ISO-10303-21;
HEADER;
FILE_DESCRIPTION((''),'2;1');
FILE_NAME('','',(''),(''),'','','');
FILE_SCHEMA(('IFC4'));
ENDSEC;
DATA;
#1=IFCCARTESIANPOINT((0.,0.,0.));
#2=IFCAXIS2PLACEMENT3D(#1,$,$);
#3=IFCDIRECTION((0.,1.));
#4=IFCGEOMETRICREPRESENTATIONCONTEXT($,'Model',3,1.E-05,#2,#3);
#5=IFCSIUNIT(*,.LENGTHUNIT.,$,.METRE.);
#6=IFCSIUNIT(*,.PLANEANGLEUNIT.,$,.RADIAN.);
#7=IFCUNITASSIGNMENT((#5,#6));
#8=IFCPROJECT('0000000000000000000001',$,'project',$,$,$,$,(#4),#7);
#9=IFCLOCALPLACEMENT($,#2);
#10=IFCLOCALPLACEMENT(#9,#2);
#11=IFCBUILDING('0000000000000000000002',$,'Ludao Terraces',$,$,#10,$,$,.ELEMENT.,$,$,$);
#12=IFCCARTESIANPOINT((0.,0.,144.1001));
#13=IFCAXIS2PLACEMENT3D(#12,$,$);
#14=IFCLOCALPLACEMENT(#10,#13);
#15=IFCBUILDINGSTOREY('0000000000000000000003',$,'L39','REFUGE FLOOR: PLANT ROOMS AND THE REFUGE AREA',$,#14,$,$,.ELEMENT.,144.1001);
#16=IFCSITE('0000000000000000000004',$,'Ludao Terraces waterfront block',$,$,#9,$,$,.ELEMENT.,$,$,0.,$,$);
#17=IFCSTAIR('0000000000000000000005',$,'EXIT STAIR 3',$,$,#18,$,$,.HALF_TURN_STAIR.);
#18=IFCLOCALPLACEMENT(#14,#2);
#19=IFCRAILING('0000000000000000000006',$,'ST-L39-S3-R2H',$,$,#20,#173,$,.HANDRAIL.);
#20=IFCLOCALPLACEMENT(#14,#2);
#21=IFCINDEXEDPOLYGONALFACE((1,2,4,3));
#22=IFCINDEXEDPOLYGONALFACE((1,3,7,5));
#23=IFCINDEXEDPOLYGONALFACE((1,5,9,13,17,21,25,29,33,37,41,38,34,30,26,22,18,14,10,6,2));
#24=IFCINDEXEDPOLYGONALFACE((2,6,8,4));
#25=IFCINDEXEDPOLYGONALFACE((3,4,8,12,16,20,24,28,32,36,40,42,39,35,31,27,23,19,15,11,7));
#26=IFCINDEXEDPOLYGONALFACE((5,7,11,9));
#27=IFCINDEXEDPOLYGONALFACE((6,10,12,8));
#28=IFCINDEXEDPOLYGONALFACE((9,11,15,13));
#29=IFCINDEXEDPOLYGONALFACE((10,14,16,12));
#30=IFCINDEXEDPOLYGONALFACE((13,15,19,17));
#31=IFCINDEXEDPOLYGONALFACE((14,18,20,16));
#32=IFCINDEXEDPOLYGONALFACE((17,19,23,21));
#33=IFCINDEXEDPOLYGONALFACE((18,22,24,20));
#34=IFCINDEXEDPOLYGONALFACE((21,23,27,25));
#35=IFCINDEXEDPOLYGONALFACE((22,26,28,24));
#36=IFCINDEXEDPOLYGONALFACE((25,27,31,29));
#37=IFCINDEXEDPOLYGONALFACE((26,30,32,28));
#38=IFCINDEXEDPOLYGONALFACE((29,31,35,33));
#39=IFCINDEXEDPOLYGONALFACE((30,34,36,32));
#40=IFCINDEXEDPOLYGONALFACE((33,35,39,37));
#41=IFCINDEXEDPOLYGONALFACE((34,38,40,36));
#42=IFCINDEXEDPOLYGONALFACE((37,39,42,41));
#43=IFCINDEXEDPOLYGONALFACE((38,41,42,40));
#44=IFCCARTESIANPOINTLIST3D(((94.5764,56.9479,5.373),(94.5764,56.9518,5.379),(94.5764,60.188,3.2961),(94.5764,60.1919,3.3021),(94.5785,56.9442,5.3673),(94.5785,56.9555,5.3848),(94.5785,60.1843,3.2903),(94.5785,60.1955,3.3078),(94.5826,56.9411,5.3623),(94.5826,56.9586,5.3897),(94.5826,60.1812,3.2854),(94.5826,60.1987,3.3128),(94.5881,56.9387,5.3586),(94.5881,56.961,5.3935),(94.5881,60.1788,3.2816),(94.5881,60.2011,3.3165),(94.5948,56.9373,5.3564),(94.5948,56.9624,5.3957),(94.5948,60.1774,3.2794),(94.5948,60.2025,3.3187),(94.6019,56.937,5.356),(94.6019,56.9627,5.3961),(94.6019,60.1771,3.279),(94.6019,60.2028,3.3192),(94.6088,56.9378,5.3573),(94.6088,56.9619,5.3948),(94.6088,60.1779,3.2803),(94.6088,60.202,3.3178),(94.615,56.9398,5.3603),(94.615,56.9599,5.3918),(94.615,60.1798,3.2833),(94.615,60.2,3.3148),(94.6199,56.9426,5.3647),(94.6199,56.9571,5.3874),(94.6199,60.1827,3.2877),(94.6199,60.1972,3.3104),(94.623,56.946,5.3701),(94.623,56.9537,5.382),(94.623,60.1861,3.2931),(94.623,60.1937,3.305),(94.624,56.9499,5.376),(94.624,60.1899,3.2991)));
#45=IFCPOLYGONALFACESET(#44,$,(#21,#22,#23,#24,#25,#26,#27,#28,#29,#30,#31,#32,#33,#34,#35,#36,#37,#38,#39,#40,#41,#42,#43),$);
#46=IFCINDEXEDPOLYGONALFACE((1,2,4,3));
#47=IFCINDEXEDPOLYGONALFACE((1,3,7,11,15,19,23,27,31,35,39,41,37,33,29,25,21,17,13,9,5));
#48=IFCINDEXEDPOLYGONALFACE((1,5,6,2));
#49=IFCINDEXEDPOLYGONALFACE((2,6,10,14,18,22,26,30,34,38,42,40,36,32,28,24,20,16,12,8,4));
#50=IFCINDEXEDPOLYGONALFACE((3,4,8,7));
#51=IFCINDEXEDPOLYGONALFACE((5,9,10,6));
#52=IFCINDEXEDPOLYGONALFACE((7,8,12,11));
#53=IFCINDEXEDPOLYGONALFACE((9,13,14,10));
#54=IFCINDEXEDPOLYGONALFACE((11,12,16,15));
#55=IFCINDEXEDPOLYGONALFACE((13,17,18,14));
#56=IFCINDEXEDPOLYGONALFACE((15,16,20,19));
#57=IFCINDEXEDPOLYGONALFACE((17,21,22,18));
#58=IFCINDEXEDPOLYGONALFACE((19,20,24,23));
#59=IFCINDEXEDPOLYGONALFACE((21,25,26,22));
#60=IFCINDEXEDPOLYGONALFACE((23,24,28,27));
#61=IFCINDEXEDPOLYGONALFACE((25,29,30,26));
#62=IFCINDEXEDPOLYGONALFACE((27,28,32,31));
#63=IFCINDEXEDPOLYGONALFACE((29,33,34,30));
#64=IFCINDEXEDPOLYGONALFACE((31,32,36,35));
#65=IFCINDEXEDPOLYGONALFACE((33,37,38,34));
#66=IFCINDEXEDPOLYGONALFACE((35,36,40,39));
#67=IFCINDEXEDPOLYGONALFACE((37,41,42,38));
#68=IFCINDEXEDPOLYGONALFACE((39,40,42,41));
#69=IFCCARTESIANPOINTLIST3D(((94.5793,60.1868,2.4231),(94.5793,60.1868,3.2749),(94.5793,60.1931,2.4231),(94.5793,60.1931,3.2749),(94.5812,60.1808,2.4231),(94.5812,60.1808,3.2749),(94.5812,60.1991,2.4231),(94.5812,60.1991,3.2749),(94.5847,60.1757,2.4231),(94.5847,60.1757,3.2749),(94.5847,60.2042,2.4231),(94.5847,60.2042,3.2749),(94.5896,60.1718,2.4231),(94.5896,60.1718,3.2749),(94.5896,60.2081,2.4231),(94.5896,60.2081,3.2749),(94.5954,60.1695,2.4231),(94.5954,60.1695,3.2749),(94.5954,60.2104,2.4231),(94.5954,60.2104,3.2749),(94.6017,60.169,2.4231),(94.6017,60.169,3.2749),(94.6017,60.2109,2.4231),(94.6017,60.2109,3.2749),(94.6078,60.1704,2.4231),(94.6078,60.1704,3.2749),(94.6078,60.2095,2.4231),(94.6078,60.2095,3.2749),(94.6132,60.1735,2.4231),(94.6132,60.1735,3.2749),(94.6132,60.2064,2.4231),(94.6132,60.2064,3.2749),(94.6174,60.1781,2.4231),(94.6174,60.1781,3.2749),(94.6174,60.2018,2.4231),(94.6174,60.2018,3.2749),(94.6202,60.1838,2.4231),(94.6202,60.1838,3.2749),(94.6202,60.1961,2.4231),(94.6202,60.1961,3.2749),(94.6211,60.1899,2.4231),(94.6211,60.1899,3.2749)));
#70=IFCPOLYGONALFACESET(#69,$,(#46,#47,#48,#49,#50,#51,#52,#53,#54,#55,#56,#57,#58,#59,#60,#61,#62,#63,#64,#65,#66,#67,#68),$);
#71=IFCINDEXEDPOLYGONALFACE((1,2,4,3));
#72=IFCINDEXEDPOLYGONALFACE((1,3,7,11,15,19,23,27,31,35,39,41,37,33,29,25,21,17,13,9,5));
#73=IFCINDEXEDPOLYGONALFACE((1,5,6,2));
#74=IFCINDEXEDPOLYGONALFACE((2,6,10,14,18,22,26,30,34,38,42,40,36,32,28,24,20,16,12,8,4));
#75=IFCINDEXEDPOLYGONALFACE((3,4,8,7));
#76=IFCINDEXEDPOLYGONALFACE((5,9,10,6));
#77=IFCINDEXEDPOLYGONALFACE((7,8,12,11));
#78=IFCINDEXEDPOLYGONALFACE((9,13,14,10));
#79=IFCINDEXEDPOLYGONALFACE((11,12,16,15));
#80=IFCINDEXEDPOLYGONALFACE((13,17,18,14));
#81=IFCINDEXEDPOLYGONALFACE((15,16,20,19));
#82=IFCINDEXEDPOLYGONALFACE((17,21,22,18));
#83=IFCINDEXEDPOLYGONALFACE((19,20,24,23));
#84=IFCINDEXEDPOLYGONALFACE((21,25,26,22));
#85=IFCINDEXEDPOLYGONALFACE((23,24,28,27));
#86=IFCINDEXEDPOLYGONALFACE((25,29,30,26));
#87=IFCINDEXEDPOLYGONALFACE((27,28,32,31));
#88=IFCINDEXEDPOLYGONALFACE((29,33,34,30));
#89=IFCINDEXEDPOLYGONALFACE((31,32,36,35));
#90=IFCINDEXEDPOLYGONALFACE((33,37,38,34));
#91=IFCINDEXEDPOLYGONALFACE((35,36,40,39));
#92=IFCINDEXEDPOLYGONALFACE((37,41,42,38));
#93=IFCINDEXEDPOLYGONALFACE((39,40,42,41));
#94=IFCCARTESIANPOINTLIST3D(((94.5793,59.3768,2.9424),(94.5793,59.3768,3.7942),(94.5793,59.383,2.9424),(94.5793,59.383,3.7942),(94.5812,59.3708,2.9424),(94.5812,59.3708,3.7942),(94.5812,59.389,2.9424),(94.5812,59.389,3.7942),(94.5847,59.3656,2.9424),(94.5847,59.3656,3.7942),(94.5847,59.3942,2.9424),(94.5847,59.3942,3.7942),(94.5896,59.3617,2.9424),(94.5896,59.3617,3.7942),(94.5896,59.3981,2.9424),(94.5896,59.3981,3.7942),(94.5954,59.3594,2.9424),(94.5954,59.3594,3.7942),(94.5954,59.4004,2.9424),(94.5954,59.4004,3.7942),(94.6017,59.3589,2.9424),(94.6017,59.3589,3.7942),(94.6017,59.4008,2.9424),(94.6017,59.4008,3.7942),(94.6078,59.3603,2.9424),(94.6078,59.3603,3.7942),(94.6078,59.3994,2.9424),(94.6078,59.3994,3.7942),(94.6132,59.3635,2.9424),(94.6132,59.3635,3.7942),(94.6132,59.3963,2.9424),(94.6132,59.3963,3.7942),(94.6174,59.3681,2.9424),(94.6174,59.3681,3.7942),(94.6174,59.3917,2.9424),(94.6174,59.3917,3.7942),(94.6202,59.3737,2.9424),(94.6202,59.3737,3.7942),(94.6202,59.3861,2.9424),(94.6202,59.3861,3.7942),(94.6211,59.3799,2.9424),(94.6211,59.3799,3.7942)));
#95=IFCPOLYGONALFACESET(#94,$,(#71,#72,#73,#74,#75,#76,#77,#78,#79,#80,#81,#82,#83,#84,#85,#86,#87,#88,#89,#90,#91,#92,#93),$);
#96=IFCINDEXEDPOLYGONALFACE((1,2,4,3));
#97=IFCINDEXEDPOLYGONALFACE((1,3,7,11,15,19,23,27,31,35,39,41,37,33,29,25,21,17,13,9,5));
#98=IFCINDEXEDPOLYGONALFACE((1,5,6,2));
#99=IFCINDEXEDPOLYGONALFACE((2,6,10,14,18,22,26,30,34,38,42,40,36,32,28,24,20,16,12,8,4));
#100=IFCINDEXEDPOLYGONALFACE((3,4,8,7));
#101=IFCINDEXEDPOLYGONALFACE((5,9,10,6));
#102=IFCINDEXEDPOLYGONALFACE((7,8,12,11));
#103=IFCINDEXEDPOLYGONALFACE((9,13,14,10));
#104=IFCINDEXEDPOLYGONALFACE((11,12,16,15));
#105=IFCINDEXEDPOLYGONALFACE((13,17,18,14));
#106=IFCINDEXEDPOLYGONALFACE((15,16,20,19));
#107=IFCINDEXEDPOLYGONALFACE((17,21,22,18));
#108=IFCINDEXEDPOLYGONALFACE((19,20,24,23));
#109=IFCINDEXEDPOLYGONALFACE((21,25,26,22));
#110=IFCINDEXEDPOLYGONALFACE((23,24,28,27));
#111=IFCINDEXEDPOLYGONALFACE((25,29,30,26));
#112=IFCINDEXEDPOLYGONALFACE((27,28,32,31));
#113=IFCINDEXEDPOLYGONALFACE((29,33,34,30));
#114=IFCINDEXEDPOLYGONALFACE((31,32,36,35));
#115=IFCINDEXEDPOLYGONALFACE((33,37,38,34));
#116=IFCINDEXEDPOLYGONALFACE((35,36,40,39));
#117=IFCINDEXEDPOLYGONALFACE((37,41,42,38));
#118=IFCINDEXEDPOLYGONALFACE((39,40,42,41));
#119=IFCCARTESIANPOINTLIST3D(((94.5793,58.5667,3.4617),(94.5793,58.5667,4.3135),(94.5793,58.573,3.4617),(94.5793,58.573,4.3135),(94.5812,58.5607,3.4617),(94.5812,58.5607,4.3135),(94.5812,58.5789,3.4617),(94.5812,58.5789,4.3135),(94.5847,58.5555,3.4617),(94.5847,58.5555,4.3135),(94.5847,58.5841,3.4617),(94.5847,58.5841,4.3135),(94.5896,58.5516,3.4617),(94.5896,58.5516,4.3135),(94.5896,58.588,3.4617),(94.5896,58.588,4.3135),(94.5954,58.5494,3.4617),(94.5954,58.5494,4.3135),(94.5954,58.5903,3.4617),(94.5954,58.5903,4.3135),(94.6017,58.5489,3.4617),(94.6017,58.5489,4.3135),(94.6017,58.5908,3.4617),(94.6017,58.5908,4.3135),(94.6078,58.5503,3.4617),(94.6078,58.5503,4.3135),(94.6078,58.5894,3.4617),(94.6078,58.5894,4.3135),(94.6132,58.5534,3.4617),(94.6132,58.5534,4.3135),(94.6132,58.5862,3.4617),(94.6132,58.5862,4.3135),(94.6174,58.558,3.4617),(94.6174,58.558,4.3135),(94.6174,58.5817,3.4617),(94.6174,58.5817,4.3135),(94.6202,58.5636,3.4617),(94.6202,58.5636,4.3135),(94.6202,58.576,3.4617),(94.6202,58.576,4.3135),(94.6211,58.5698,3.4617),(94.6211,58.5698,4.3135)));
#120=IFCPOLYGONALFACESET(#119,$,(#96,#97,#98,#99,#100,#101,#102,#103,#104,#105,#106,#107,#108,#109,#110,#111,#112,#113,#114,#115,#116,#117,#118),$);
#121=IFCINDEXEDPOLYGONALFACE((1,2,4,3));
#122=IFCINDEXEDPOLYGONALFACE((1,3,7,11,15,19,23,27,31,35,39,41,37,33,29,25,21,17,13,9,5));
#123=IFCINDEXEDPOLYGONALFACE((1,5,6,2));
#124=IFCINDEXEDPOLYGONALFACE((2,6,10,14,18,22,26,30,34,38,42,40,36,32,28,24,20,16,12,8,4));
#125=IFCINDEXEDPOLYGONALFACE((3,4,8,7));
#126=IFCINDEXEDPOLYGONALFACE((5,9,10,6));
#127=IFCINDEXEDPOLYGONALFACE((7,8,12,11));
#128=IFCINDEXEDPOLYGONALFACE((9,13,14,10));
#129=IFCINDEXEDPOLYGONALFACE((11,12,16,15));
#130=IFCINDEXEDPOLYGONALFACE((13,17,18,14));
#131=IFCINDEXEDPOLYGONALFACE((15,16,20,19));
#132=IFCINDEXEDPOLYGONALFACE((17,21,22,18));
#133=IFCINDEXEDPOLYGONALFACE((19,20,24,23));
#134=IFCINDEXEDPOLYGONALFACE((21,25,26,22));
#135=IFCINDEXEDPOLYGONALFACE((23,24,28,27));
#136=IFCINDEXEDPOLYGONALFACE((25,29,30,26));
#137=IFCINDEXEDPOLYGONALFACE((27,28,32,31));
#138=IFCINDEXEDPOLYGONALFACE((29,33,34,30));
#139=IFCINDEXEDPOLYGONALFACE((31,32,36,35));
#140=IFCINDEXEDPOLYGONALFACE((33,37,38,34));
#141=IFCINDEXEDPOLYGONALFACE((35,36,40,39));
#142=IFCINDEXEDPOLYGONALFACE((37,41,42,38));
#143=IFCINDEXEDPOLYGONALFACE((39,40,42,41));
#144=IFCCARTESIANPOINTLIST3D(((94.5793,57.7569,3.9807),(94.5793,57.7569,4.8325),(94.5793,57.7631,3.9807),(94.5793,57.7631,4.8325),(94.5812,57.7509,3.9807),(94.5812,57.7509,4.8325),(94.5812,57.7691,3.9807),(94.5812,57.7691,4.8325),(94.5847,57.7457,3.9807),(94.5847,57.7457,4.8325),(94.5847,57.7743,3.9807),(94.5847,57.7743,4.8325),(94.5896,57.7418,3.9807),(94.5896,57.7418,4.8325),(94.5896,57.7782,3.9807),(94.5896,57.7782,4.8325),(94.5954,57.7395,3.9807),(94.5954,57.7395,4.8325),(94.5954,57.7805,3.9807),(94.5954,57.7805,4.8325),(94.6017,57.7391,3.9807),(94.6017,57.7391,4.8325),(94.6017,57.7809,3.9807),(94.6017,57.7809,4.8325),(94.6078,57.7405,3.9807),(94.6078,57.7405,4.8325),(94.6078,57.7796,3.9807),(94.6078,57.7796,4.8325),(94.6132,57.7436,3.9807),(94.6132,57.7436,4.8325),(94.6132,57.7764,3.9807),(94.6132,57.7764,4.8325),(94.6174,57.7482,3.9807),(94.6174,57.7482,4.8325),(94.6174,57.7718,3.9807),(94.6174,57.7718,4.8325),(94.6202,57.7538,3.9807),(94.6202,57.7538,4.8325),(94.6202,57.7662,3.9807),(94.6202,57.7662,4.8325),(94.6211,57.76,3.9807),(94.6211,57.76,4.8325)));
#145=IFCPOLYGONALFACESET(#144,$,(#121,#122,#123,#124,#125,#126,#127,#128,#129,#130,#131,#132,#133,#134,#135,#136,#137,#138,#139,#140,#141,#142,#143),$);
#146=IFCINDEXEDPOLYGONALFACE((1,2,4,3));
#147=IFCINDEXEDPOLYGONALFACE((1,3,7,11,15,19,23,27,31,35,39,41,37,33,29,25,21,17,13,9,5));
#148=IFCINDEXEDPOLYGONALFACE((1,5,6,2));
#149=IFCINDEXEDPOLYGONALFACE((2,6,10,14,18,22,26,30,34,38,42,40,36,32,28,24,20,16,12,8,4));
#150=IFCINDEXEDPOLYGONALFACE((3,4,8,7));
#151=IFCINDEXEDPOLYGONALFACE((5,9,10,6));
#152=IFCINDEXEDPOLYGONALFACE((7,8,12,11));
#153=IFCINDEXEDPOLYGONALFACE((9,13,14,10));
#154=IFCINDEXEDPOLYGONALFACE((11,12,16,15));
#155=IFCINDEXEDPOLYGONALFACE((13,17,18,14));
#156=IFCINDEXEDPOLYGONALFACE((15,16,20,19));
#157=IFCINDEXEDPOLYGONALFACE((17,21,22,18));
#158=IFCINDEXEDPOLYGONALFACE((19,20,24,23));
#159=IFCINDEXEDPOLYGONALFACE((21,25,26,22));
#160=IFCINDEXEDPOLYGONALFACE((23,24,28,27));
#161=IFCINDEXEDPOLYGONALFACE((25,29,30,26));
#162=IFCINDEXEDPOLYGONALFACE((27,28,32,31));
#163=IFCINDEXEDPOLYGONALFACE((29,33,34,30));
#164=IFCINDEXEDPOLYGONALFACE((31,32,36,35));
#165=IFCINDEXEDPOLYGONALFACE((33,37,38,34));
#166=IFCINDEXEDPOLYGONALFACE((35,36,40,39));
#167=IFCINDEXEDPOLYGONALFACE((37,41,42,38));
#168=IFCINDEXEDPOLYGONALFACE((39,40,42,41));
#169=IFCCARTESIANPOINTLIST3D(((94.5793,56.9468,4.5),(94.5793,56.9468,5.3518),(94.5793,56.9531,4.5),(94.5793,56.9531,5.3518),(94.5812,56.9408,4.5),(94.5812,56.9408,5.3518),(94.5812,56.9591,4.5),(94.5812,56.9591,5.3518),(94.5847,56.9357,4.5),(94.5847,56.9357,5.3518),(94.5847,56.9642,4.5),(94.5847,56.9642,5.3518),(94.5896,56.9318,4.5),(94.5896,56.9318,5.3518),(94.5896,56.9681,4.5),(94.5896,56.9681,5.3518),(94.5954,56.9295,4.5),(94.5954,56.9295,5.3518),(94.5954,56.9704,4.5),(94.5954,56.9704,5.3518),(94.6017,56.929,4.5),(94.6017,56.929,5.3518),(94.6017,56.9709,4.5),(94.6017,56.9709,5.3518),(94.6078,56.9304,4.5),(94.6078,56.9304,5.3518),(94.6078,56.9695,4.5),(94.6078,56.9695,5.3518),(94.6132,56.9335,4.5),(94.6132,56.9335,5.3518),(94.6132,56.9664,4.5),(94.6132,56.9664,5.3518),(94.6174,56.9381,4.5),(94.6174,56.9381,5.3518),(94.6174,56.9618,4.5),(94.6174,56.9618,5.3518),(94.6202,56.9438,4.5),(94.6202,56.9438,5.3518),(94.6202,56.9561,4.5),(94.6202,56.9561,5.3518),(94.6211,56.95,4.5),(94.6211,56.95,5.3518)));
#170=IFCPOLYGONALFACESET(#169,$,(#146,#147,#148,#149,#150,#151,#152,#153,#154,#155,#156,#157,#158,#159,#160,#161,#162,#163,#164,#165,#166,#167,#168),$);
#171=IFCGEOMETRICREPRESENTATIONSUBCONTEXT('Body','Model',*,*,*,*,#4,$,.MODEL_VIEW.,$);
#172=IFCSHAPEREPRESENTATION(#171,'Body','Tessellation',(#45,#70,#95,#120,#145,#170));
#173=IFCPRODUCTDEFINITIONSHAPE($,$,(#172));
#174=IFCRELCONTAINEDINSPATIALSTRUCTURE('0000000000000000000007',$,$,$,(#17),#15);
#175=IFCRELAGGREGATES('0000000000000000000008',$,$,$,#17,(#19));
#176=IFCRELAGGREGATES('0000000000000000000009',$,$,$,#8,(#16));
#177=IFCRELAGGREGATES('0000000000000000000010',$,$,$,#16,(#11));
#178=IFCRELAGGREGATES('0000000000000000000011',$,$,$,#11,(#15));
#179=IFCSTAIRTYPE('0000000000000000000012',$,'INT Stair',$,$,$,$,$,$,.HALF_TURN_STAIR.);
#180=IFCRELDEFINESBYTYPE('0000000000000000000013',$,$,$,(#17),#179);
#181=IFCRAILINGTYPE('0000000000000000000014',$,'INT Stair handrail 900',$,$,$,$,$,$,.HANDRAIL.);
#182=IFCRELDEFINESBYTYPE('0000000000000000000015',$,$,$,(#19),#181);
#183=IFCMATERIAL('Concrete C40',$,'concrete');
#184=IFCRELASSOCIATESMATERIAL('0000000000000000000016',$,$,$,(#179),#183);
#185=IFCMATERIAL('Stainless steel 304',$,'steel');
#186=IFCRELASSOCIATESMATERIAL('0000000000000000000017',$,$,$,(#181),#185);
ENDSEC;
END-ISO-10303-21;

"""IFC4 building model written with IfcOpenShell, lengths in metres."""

from ifc_helpers import new_model, si_unit, direction, frame, origin, origin_2d, place, context, subcontext, project, spatial, circle, extrude, material, type_object, element, aggregate, save


model = new_model("IFC4")

# Units and contexts
model_context = context("Model", 3, precision=1e-05, world=origin(), true_north=direction((0.0, 1.0)))
body_context = subcontext(model_context, "Body", "Model", "MODEL_VIEW")
ifc_project = project(units=[si_unit("LENGTHUNIT", "METRE"), si_unit("PLANEANGLEUNIT", "RADIAN")], contexts=[model_context])

# Site, building, storey
site_placement = place(None, origin())
site = spatial("IfcSite", under=ifc_project, at=site_placement, Name="Ludao Terraces waterfront block", CompositionType="ELEMENT", RefElevation=0.0)
building_placement = place(site_placement, origin())
building = spatial("IfcBuilding", under=site, at=building_placement, Name="Ludao Terraces", CompositionType="ELEMENT")
storey_placement = place(building_placement, frame((0.0, 0.0, 144.1001)))
storey = spatial("IfcBuildingStorey", under=building, at=storey_placement, Name="L39", Description="REFUGE FLOOR: PLANT ROOMS AND THE REFUGE AREA", CompositionType="ELEMENT", Elevation=144.1001)

# Stair, railing
ifc_material_1 = material(Name="Concrete C40", Category="concrete")
stair_type = type_object("IfcStairType", Name="INT Stair", PredefinedType="HALF_TURN_STAIR", material=ifc_material_1)
stair_placement = place(storey_placement, origin())
stair = element("IfcStair", 1, at=stair_placement, inside=storey, type_object=stair_type, Name="EXIT STAIR 3", PredefinedType="HALF_TURN_STAIR")
ifc_material_2 = material(Name="Stainless steel 304", Category="steel")
railing_type_1 = type_object("IfcRailingType", Name="INT Stair handrail 900", PredefinedType="HANDRAIL", material=ifc_material_2)
railing_1_placement = place(storey_placement, frame((94.6001, 60.1899, 2.4231)))
railing_1 = element("IfcRailing", 2, at=railing_1_placement, type_object=railing_type_1, Name="ST-L39-S3-R2H", PredefinedType="HANDRAIL", context=body_context, shape_type="SweptSolid", body=[
    extrude(circle(Radius=0.0239, at=origin_2d()), frame((0.0, 0.0, 0.876), z_axis=(0.0, -0.841881, 0.539664), x_axis=(1.0, 0.0, 0.0)), (0.0, 0.0, 1.0), 3.8486),
    extrude(circle(Radius=0.021, at=origin_2d()), origin(), (0.0, 0.0, 1.0), 0.8518),
    extrude(circle(Radius=0.021, at=origin_2d()), frame((0.0, -0.8101, 0.5193)), (0.0, 0.0, 1.0), 0.8518),
    extrude(circle(Radius=0.021, at=origin_2d()), frame((0.0, -1.6201, 1.0386)), (0.0, 0.0, 1.0), 0.8518),
    extrude(circle(Radius=0.021, at=origin_2d()), frame((0.0, -2.4299, 1.5576)), (0.0, 0.0, 1.0), 0.8518),
    extrude(circle(Radius=0.021, at=origin_2d()), frame((0.0, -3.24, 2.0769)), (0.0, 0.0, 1.0), 0.8518),
])
aggregate(stair, [railing_1])

save(model, "model.ifc")
